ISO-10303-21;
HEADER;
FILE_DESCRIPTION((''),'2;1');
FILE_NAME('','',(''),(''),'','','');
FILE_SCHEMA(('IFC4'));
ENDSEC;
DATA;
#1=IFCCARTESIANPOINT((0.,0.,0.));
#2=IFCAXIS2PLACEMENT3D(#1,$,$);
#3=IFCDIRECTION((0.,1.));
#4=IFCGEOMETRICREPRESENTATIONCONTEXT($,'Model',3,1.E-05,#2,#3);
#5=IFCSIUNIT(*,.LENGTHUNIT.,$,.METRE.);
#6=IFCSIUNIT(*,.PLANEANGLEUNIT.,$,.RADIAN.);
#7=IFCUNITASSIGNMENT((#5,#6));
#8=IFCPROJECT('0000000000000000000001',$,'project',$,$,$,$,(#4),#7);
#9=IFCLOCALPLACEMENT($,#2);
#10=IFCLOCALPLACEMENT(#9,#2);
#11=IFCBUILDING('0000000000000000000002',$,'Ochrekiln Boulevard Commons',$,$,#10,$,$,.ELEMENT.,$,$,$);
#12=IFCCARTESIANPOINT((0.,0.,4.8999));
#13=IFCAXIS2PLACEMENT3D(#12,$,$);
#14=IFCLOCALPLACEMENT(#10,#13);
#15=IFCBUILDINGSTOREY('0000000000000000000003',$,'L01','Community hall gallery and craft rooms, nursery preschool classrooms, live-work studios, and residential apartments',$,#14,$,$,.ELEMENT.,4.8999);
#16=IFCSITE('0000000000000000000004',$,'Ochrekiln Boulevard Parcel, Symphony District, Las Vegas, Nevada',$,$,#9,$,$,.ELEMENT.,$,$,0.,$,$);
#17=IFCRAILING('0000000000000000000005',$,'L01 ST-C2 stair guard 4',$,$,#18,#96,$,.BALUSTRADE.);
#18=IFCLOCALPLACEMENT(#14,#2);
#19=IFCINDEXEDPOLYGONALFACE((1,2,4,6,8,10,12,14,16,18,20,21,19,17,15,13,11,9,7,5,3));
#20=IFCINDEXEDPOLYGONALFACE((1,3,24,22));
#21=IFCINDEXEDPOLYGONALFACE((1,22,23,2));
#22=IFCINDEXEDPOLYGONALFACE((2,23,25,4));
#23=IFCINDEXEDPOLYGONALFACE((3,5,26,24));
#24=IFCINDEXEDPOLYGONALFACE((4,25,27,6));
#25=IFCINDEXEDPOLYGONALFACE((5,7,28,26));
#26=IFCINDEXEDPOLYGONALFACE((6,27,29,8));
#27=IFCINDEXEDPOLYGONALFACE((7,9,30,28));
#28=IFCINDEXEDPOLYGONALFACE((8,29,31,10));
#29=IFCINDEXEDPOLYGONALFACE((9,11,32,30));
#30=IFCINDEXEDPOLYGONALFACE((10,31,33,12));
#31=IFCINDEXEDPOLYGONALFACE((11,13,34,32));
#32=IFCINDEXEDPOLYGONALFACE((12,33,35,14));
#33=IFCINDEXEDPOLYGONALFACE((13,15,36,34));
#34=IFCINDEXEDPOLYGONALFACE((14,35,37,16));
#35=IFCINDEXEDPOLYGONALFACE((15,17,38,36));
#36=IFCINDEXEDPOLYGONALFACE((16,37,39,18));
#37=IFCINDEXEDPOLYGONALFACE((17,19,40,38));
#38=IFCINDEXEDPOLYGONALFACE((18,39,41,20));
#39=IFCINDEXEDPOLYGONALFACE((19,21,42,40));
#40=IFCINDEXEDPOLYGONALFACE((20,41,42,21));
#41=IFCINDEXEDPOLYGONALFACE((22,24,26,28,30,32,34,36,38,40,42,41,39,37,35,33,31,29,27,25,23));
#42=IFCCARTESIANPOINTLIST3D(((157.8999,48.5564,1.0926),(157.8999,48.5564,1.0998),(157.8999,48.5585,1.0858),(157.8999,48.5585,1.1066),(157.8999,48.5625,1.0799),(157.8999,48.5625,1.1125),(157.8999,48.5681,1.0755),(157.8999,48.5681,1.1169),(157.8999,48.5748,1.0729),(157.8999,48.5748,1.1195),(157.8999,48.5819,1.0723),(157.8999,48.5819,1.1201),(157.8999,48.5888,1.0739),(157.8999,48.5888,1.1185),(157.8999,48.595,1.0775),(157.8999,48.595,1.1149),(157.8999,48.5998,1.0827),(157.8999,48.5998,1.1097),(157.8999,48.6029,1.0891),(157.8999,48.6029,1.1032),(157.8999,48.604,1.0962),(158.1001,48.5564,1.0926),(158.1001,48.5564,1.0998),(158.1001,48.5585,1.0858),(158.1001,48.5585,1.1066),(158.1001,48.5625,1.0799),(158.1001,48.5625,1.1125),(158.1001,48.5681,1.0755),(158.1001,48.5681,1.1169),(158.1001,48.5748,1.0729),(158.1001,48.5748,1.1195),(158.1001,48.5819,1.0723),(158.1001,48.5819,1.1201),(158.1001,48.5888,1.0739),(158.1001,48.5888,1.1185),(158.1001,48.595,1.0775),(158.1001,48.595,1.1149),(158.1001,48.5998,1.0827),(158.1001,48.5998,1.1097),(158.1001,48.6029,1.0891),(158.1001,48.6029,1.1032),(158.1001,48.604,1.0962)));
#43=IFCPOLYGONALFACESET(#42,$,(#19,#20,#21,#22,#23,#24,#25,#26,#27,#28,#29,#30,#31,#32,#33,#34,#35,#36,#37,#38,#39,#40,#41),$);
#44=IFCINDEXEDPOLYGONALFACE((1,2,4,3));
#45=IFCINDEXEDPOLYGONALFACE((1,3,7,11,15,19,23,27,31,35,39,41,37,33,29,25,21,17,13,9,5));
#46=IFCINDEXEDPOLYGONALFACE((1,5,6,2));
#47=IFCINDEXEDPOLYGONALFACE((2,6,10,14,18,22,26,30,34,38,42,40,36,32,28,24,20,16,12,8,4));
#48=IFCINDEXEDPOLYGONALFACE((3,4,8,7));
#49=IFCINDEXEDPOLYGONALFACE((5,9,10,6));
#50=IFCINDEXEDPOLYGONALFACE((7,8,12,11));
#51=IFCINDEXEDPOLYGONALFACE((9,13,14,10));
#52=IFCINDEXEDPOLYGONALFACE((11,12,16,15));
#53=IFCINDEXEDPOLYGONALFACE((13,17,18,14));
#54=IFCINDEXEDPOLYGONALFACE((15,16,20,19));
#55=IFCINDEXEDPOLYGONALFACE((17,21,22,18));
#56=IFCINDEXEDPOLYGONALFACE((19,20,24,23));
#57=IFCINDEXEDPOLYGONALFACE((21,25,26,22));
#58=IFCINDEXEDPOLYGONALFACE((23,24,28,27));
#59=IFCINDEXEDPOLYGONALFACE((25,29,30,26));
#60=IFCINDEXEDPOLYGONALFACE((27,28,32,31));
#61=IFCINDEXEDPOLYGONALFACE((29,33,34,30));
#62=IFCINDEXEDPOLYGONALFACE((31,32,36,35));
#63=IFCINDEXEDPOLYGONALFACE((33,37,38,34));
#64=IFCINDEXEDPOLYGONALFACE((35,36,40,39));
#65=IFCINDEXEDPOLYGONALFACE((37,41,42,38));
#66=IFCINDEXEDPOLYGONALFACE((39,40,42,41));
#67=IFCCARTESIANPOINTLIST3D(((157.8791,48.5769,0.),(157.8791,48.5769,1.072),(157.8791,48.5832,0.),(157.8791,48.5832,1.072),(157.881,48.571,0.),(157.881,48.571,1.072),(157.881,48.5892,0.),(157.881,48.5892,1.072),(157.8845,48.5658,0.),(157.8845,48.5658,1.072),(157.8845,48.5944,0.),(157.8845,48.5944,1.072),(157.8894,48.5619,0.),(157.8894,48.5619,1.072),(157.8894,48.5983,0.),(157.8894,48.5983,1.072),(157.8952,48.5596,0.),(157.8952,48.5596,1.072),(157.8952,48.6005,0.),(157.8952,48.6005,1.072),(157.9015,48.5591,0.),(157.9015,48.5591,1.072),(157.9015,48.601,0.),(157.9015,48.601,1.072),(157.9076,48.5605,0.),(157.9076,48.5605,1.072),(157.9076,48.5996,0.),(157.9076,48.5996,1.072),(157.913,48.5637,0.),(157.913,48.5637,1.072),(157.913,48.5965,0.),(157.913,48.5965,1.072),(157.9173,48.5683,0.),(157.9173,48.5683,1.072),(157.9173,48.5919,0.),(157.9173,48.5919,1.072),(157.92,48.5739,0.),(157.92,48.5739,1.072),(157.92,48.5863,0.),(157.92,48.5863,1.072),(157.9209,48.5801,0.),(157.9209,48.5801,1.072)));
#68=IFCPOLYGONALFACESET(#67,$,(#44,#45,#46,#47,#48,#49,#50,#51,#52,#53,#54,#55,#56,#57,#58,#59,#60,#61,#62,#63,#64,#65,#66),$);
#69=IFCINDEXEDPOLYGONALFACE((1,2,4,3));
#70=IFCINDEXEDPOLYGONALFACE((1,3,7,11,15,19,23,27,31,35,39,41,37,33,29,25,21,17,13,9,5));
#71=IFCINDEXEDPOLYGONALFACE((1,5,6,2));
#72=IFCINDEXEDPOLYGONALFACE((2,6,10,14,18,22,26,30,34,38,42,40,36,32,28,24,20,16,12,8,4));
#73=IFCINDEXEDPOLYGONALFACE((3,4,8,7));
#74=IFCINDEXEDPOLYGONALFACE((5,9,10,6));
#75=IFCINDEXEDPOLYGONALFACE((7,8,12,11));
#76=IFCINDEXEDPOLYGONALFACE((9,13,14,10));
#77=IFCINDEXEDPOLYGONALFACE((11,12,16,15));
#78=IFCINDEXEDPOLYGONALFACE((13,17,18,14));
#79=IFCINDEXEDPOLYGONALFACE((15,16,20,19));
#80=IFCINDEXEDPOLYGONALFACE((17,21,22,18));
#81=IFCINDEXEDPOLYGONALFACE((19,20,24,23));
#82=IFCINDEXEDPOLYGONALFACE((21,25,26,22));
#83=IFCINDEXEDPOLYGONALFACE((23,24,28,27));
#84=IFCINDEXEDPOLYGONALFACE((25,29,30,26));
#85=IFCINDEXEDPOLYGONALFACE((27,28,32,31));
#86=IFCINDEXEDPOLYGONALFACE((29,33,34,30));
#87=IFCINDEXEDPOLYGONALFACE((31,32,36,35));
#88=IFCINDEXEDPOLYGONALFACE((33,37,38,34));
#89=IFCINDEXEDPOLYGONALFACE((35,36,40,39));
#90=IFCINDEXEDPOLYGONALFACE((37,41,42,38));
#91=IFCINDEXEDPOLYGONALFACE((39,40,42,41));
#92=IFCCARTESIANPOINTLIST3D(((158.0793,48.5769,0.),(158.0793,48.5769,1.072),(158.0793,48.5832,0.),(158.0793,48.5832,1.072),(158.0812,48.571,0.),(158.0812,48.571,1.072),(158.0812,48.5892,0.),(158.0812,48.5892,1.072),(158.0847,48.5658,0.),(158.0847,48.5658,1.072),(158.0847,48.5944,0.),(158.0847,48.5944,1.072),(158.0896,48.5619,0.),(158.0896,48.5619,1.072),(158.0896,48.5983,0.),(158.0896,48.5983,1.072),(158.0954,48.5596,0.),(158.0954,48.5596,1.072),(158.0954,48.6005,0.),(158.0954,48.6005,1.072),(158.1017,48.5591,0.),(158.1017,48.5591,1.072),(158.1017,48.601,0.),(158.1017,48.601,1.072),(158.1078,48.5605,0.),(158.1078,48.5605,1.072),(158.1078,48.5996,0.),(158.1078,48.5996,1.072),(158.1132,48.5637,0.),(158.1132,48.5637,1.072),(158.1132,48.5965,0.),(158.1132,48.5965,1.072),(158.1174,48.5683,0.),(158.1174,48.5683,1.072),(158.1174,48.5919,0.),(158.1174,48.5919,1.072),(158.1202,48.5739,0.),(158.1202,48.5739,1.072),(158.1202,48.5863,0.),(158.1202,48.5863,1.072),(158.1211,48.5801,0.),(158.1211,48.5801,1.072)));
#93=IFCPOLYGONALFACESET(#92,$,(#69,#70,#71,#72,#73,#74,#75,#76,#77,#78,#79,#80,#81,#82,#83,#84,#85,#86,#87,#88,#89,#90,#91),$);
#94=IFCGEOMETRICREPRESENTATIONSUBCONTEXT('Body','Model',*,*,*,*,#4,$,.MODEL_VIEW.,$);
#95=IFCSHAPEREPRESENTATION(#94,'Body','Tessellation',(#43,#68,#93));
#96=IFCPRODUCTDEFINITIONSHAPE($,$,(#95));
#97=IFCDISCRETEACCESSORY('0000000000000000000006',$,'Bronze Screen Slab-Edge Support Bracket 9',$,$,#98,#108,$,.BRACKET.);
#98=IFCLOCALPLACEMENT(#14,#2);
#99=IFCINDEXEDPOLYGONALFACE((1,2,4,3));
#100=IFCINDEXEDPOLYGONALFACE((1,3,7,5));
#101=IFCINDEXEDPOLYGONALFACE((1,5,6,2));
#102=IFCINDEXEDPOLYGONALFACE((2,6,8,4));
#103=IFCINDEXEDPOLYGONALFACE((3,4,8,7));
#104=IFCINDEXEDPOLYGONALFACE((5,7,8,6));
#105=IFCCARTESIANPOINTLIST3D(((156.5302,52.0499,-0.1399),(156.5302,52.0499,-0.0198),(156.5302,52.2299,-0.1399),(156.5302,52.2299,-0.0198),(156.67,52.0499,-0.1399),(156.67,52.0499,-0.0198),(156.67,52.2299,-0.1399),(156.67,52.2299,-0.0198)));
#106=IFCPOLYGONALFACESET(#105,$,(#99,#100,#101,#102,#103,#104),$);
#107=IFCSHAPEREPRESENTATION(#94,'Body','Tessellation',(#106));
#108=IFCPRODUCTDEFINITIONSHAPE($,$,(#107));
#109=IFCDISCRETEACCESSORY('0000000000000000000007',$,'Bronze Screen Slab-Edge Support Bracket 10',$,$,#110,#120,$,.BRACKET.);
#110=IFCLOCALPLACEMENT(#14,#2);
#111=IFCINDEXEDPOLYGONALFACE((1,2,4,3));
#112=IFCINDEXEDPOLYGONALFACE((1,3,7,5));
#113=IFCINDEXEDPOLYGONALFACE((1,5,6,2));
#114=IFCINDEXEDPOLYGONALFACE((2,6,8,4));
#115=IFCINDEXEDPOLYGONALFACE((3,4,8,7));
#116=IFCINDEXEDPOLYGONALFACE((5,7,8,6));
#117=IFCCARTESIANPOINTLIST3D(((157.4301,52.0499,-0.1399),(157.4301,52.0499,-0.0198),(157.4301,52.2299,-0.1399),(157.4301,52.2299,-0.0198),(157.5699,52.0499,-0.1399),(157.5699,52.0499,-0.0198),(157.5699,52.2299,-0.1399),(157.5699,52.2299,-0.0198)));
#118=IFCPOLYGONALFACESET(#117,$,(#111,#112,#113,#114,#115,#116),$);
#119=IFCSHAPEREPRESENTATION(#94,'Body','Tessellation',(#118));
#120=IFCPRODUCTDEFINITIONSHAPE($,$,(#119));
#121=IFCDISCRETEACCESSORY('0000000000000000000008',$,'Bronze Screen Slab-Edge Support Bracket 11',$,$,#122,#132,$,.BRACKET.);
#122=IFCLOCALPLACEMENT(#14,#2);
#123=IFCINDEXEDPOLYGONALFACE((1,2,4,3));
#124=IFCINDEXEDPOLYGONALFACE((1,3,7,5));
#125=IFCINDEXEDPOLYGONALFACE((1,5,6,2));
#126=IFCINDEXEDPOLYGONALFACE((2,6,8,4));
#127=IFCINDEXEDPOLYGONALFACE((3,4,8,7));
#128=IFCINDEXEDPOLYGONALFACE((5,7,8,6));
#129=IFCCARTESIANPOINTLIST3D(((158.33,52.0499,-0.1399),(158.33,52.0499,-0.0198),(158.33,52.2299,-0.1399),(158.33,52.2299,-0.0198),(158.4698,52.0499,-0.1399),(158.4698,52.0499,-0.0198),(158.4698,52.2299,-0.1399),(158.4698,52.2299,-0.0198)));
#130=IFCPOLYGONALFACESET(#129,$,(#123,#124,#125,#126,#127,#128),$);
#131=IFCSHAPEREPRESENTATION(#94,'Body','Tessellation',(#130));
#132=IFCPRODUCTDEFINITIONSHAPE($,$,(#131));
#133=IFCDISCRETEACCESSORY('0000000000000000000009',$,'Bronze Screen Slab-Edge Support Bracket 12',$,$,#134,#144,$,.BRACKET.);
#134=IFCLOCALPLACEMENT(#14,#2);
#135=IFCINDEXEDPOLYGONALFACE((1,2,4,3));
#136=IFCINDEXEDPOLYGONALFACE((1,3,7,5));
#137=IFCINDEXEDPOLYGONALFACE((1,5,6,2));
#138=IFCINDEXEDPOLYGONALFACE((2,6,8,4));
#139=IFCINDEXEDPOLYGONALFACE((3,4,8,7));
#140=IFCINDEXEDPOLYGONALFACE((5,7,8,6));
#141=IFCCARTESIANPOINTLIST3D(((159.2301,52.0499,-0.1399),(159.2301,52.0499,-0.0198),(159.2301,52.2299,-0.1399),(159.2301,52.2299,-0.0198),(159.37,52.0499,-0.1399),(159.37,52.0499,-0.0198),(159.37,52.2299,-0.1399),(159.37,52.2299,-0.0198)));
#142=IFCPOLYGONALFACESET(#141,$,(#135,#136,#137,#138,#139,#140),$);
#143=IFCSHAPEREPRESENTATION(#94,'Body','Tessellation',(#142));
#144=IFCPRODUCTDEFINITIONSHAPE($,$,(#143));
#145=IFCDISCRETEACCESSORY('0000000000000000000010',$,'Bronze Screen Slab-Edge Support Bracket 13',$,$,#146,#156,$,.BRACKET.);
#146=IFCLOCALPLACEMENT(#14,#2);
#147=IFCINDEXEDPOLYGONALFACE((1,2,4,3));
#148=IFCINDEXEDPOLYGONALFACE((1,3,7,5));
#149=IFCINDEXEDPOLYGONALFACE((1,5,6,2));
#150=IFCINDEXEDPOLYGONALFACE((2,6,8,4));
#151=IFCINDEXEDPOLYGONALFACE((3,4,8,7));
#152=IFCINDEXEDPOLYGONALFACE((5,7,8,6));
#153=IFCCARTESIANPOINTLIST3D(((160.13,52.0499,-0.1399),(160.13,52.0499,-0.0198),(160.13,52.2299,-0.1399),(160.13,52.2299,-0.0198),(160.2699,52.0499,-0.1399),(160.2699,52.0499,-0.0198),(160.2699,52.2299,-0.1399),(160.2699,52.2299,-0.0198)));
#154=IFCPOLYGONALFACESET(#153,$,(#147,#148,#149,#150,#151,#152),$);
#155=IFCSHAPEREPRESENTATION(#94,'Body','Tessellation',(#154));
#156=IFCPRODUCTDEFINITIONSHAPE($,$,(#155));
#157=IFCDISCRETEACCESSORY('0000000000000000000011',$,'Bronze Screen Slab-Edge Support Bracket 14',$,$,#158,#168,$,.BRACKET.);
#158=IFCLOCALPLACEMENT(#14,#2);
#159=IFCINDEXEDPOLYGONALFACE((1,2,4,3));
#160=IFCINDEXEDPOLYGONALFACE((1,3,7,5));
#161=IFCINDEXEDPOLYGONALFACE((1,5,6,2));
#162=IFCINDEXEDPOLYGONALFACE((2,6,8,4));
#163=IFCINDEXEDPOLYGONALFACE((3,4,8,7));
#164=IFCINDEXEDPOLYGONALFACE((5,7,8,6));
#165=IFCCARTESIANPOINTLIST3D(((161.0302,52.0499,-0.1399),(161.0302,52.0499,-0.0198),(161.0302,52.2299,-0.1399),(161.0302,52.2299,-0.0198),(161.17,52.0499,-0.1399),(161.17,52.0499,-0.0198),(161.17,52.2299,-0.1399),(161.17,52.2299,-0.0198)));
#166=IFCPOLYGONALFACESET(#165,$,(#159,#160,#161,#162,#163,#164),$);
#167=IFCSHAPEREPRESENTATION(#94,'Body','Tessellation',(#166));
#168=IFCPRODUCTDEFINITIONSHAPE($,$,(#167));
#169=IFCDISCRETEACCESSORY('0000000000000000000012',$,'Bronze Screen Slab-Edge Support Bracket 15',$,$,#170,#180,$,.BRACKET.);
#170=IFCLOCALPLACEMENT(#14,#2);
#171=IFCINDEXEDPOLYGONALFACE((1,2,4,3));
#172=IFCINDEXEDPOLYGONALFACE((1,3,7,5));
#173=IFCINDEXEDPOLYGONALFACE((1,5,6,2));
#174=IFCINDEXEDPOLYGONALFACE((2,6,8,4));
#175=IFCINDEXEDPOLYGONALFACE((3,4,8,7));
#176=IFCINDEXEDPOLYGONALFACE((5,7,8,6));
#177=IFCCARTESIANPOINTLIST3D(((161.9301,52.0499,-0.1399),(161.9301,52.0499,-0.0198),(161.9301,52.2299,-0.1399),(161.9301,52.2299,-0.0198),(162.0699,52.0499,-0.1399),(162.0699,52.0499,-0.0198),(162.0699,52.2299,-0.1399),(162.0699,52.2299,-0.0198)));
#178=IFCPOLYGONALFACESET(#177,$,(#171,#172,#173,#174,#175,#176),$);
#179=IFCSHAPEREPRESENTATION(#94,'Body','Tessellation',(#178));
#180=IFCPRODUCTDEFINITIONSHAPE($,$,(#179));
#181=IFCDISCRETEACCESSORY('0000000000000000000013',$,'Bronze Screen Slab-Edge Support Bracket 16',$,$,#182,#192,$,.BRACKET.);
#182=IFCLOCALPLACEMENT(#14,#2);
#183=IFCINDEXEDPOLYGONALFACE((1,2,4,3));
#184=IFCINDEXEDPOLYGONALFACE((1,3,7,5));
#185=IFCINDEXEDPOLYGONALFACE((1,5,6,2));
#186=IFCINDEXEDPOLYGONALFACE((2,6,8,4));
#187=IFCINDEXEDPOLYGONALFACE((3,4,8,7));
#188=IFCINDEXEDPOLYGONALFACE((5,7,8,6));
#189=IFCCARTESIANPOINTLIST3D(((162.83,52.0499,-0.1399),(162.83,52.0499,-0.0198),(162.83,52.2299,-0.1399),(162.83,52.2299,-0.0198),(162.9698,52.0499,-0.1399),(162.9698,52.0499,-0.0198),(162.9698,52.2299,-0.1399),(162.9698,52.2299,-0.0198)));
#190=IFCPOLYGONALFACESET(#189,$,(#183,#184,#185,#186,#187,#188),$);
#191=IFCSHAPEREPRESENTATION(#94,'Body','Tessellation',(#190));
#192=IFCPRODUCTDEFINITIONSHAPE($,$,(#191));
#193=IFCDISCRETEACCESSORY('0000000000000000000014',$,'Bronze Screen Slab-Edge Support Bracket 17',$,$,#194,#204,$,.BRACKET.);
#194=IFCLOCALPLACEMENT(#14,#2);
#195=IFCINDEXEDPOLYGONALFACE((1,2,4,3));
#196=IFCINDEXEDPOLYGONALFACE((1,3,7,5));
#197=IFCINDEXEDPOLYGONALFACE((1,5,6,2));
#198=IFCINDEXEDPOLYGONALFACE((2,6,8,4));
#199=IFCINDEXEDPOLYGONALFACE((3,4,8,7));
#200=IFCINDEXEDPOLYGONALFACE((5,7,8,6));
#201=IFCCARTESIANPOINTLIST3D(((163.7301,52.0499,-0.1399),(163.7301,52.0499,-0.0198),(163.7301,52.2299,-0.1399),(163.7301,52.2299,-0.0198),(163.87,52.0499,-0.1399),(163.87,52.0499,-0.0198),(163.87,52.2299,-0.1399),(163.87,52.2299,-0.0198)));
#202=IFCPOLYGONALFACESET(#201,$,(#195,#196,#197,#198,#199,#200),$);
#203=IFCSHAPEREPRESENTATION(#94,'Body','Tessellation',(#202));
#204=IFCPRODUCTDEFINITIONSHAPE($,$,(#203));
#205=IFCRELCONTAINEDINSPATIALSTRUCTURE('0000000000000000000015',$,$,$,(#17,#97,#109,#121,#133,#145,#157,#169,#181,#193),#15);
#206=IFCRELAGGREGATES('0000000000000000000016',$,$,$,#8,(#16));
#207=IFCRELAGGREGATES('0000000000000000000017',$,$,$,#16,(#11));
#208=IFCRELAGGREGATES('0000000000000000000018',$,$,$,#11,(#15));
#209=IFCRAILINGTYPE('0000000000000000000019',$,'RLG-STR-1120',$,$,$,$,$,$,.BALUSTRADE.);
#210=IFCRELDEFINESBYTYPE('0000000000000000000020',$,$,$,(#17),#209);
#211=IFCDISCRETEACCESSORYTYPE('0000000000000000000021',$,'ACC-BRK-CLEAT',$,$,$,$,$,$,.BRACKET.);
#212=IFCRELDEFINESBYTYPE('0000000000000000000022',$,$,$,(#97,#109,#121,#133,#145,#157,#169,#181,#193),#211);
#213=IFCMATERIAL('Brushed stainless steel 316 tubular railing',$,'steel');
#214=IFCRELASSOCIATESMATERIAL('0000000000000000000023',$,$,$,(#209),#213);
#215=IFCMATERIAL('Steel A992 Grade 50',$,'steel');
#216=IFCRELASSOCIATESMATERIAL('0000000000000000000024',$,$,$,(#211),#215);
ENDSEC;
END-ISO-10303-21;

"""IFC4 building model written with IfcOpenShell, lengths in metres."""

from ifc_helpers import new_model, si_unit, direction, frame, origin, origin_2d, place, context, subcontext, project, spatial, rectangle, circle, extrude, material, type_object, element, save


model = new_model("IFC4")

# Units and contexts
model_context = context("Model", 3, precision=1e-05, world=origin(), true_north=direction((0.0, 1.0)))
body_context = subcontext(model_context, "Body", "Model", "MODEL_VIEW")
ifc_project = project(units=[si_unit("LENGTHUNIT", "METRE"), si_unit("PLANEANGLEUNIT", "RADIAN")], contexts=[model_context])

# Site, building, storey
site_placement = place(None, origin())
site = spatial("IfcSite", under=ifc_project, at=site_placement, Name="Ochrekiln Boulevard Parcel, Symphony District, Las Vegas, Nevada", CompositionType="ELEMENT", RefElevation=0.0)
building_placement = place(site_placement, origin())
building = spatial("IfcBuilding", under=site, at=building_placement, Name="Ochrekiln Boulevard Commons", CompositionType="ELEMENT")
storey_placement = place(building_placement, frame((0.0, 0.0, 4.8999)))
storey = spatial("IfcBuildingStorey", under=building, at=storey_placement, Name="L01", Description="Community hall gallery and craft rooms, nursery preschool classrooms, live-work studios, and residential apartments", CompositionType="ELEMENT", Elevation=4.8999)

# Railing
ifc_material_1 = material(Name="Brushed stainless steel 316 tubular railing", Category="steel")
railing_type_1 = type_object("IfcRailingType", Name="RLG-STR-1120", PredefinedType="BALUSTRADE", material=ifc_material_1)
railing_1_placement = place(storey_placement, frame((157.8999, 48.5801, 0.0)))
element("IfcRailing", 1, at=railing_1_placement, inside=storey, type_object=railing_type_1, Name="L01 ST-C2 stair guard 4", PredefinedType="BALUSTRADE", context=body_context, shape_type="SweptSolid", body=[
    extrude(circle(Radius=0.0239, at=origin_2d()), frame((0.0, 0.0, 1.0962), z_axis=(1.0, 0.0, 0.0), x_axis=(0.0, 1.0, 0.0)), (0.0, 0.0, 1.0), 0.2002),
    extrude(circle(Radius=0.021, at=origin_2d()), origin(), (0.0, 0.0, 1.0), 1.072),
    extrude(circle(Radius=0.021, at=origin_2d()), frame((0.2002, 0.0, 0.0)), (0.0, 0.0, 1.0), 1.072),
])

# Discrete accessories
ifc_material_2 = material(Name="Steel A992 Grade 50", Category="steel")
discrete_accessory_type = type_object("IfcDiscreteAccessoryType", Name="ACC-BRK-CLEAT", PredefinedType="BRACKET", material=ifc_material_2)
for number, where, z_axis, x_axis, name in (
    (2, (156.6001, 52.1399, -0.1399), (0.0, 0.0, 1.0), (1.0, 0.0, 0.0), "Bronze Screen Slab-Edge Support Bracket 9"),
    (3, (157.5, 52.1399, -0.1399), (0.0, 0.0, 1.0), (1.0, 0.0, 0.0), "Bronze Screen Slab-Edge Support Bracket 10"),
    (4, (158.3999, 52.1399, -0.1399), (0.0, 0.0, 1.0), (1.0, 0.0, 0.0), "Bronze Screen Slab-Edge Support Bracket 11"),
    (5, (159.3, 52.1399, -0.1399), (0.0, 0.0, 1.0), (1.0, 0.0, 0.0), "Bronze Screen Slab-Edge Support Bracket 12"),
    (6, (160.2, 52.1399, -0.1399), (0.0, 0.0, 1.0), (1.0, 0.0, 0.0), "Bronze Screen Slab-Edge Support Bracket 13"),
    (7, (161.1001, 52.1399, -0.1399), (0.0, 0.0, 1.0), (1.0, 0.0, 0.0), "Bronze Screen Slab-Edge Support Bracket 14"),
    (8, (162.0, 52.1399, -0.1399), (0.0, 0.0, 1.0), (1.0, 0.0, 0.0), "Bronze Screen Slab-Edge Support Bracket 15"),
    (9, (162.8999, 52.1399, -0.1399), (0.0, 0.0, 1.0), (1.0, 0.0, 0.0), "Bronze Screen Slab-Edge Support Bracket 16"),
    (10, (163.8, 52.1399, -0.1399), (0.0, 0.0, 1.0), (1.0, 0.0, 0.0), "Bronze Screen Slab-Edge Support Bracket 17"),
):
    element("IfcDiscreteAccessory", number, at=place(storey_placement, frame(where, z_axis=z_axis, x_axis=x_axis)), inside=storey, type_object=discrete_accessory_type, Name=name, PredefinedType="BRACKET", context=body_context, shape_type="SweptSolid", body=[
        extrude(rectangle(XDim=0.1399, YDim=0.1799, at=origin_2d()), origin(), (0.0, 0.0, 1.0), 0.1201),
    ])

save(model, "model.ifc")
